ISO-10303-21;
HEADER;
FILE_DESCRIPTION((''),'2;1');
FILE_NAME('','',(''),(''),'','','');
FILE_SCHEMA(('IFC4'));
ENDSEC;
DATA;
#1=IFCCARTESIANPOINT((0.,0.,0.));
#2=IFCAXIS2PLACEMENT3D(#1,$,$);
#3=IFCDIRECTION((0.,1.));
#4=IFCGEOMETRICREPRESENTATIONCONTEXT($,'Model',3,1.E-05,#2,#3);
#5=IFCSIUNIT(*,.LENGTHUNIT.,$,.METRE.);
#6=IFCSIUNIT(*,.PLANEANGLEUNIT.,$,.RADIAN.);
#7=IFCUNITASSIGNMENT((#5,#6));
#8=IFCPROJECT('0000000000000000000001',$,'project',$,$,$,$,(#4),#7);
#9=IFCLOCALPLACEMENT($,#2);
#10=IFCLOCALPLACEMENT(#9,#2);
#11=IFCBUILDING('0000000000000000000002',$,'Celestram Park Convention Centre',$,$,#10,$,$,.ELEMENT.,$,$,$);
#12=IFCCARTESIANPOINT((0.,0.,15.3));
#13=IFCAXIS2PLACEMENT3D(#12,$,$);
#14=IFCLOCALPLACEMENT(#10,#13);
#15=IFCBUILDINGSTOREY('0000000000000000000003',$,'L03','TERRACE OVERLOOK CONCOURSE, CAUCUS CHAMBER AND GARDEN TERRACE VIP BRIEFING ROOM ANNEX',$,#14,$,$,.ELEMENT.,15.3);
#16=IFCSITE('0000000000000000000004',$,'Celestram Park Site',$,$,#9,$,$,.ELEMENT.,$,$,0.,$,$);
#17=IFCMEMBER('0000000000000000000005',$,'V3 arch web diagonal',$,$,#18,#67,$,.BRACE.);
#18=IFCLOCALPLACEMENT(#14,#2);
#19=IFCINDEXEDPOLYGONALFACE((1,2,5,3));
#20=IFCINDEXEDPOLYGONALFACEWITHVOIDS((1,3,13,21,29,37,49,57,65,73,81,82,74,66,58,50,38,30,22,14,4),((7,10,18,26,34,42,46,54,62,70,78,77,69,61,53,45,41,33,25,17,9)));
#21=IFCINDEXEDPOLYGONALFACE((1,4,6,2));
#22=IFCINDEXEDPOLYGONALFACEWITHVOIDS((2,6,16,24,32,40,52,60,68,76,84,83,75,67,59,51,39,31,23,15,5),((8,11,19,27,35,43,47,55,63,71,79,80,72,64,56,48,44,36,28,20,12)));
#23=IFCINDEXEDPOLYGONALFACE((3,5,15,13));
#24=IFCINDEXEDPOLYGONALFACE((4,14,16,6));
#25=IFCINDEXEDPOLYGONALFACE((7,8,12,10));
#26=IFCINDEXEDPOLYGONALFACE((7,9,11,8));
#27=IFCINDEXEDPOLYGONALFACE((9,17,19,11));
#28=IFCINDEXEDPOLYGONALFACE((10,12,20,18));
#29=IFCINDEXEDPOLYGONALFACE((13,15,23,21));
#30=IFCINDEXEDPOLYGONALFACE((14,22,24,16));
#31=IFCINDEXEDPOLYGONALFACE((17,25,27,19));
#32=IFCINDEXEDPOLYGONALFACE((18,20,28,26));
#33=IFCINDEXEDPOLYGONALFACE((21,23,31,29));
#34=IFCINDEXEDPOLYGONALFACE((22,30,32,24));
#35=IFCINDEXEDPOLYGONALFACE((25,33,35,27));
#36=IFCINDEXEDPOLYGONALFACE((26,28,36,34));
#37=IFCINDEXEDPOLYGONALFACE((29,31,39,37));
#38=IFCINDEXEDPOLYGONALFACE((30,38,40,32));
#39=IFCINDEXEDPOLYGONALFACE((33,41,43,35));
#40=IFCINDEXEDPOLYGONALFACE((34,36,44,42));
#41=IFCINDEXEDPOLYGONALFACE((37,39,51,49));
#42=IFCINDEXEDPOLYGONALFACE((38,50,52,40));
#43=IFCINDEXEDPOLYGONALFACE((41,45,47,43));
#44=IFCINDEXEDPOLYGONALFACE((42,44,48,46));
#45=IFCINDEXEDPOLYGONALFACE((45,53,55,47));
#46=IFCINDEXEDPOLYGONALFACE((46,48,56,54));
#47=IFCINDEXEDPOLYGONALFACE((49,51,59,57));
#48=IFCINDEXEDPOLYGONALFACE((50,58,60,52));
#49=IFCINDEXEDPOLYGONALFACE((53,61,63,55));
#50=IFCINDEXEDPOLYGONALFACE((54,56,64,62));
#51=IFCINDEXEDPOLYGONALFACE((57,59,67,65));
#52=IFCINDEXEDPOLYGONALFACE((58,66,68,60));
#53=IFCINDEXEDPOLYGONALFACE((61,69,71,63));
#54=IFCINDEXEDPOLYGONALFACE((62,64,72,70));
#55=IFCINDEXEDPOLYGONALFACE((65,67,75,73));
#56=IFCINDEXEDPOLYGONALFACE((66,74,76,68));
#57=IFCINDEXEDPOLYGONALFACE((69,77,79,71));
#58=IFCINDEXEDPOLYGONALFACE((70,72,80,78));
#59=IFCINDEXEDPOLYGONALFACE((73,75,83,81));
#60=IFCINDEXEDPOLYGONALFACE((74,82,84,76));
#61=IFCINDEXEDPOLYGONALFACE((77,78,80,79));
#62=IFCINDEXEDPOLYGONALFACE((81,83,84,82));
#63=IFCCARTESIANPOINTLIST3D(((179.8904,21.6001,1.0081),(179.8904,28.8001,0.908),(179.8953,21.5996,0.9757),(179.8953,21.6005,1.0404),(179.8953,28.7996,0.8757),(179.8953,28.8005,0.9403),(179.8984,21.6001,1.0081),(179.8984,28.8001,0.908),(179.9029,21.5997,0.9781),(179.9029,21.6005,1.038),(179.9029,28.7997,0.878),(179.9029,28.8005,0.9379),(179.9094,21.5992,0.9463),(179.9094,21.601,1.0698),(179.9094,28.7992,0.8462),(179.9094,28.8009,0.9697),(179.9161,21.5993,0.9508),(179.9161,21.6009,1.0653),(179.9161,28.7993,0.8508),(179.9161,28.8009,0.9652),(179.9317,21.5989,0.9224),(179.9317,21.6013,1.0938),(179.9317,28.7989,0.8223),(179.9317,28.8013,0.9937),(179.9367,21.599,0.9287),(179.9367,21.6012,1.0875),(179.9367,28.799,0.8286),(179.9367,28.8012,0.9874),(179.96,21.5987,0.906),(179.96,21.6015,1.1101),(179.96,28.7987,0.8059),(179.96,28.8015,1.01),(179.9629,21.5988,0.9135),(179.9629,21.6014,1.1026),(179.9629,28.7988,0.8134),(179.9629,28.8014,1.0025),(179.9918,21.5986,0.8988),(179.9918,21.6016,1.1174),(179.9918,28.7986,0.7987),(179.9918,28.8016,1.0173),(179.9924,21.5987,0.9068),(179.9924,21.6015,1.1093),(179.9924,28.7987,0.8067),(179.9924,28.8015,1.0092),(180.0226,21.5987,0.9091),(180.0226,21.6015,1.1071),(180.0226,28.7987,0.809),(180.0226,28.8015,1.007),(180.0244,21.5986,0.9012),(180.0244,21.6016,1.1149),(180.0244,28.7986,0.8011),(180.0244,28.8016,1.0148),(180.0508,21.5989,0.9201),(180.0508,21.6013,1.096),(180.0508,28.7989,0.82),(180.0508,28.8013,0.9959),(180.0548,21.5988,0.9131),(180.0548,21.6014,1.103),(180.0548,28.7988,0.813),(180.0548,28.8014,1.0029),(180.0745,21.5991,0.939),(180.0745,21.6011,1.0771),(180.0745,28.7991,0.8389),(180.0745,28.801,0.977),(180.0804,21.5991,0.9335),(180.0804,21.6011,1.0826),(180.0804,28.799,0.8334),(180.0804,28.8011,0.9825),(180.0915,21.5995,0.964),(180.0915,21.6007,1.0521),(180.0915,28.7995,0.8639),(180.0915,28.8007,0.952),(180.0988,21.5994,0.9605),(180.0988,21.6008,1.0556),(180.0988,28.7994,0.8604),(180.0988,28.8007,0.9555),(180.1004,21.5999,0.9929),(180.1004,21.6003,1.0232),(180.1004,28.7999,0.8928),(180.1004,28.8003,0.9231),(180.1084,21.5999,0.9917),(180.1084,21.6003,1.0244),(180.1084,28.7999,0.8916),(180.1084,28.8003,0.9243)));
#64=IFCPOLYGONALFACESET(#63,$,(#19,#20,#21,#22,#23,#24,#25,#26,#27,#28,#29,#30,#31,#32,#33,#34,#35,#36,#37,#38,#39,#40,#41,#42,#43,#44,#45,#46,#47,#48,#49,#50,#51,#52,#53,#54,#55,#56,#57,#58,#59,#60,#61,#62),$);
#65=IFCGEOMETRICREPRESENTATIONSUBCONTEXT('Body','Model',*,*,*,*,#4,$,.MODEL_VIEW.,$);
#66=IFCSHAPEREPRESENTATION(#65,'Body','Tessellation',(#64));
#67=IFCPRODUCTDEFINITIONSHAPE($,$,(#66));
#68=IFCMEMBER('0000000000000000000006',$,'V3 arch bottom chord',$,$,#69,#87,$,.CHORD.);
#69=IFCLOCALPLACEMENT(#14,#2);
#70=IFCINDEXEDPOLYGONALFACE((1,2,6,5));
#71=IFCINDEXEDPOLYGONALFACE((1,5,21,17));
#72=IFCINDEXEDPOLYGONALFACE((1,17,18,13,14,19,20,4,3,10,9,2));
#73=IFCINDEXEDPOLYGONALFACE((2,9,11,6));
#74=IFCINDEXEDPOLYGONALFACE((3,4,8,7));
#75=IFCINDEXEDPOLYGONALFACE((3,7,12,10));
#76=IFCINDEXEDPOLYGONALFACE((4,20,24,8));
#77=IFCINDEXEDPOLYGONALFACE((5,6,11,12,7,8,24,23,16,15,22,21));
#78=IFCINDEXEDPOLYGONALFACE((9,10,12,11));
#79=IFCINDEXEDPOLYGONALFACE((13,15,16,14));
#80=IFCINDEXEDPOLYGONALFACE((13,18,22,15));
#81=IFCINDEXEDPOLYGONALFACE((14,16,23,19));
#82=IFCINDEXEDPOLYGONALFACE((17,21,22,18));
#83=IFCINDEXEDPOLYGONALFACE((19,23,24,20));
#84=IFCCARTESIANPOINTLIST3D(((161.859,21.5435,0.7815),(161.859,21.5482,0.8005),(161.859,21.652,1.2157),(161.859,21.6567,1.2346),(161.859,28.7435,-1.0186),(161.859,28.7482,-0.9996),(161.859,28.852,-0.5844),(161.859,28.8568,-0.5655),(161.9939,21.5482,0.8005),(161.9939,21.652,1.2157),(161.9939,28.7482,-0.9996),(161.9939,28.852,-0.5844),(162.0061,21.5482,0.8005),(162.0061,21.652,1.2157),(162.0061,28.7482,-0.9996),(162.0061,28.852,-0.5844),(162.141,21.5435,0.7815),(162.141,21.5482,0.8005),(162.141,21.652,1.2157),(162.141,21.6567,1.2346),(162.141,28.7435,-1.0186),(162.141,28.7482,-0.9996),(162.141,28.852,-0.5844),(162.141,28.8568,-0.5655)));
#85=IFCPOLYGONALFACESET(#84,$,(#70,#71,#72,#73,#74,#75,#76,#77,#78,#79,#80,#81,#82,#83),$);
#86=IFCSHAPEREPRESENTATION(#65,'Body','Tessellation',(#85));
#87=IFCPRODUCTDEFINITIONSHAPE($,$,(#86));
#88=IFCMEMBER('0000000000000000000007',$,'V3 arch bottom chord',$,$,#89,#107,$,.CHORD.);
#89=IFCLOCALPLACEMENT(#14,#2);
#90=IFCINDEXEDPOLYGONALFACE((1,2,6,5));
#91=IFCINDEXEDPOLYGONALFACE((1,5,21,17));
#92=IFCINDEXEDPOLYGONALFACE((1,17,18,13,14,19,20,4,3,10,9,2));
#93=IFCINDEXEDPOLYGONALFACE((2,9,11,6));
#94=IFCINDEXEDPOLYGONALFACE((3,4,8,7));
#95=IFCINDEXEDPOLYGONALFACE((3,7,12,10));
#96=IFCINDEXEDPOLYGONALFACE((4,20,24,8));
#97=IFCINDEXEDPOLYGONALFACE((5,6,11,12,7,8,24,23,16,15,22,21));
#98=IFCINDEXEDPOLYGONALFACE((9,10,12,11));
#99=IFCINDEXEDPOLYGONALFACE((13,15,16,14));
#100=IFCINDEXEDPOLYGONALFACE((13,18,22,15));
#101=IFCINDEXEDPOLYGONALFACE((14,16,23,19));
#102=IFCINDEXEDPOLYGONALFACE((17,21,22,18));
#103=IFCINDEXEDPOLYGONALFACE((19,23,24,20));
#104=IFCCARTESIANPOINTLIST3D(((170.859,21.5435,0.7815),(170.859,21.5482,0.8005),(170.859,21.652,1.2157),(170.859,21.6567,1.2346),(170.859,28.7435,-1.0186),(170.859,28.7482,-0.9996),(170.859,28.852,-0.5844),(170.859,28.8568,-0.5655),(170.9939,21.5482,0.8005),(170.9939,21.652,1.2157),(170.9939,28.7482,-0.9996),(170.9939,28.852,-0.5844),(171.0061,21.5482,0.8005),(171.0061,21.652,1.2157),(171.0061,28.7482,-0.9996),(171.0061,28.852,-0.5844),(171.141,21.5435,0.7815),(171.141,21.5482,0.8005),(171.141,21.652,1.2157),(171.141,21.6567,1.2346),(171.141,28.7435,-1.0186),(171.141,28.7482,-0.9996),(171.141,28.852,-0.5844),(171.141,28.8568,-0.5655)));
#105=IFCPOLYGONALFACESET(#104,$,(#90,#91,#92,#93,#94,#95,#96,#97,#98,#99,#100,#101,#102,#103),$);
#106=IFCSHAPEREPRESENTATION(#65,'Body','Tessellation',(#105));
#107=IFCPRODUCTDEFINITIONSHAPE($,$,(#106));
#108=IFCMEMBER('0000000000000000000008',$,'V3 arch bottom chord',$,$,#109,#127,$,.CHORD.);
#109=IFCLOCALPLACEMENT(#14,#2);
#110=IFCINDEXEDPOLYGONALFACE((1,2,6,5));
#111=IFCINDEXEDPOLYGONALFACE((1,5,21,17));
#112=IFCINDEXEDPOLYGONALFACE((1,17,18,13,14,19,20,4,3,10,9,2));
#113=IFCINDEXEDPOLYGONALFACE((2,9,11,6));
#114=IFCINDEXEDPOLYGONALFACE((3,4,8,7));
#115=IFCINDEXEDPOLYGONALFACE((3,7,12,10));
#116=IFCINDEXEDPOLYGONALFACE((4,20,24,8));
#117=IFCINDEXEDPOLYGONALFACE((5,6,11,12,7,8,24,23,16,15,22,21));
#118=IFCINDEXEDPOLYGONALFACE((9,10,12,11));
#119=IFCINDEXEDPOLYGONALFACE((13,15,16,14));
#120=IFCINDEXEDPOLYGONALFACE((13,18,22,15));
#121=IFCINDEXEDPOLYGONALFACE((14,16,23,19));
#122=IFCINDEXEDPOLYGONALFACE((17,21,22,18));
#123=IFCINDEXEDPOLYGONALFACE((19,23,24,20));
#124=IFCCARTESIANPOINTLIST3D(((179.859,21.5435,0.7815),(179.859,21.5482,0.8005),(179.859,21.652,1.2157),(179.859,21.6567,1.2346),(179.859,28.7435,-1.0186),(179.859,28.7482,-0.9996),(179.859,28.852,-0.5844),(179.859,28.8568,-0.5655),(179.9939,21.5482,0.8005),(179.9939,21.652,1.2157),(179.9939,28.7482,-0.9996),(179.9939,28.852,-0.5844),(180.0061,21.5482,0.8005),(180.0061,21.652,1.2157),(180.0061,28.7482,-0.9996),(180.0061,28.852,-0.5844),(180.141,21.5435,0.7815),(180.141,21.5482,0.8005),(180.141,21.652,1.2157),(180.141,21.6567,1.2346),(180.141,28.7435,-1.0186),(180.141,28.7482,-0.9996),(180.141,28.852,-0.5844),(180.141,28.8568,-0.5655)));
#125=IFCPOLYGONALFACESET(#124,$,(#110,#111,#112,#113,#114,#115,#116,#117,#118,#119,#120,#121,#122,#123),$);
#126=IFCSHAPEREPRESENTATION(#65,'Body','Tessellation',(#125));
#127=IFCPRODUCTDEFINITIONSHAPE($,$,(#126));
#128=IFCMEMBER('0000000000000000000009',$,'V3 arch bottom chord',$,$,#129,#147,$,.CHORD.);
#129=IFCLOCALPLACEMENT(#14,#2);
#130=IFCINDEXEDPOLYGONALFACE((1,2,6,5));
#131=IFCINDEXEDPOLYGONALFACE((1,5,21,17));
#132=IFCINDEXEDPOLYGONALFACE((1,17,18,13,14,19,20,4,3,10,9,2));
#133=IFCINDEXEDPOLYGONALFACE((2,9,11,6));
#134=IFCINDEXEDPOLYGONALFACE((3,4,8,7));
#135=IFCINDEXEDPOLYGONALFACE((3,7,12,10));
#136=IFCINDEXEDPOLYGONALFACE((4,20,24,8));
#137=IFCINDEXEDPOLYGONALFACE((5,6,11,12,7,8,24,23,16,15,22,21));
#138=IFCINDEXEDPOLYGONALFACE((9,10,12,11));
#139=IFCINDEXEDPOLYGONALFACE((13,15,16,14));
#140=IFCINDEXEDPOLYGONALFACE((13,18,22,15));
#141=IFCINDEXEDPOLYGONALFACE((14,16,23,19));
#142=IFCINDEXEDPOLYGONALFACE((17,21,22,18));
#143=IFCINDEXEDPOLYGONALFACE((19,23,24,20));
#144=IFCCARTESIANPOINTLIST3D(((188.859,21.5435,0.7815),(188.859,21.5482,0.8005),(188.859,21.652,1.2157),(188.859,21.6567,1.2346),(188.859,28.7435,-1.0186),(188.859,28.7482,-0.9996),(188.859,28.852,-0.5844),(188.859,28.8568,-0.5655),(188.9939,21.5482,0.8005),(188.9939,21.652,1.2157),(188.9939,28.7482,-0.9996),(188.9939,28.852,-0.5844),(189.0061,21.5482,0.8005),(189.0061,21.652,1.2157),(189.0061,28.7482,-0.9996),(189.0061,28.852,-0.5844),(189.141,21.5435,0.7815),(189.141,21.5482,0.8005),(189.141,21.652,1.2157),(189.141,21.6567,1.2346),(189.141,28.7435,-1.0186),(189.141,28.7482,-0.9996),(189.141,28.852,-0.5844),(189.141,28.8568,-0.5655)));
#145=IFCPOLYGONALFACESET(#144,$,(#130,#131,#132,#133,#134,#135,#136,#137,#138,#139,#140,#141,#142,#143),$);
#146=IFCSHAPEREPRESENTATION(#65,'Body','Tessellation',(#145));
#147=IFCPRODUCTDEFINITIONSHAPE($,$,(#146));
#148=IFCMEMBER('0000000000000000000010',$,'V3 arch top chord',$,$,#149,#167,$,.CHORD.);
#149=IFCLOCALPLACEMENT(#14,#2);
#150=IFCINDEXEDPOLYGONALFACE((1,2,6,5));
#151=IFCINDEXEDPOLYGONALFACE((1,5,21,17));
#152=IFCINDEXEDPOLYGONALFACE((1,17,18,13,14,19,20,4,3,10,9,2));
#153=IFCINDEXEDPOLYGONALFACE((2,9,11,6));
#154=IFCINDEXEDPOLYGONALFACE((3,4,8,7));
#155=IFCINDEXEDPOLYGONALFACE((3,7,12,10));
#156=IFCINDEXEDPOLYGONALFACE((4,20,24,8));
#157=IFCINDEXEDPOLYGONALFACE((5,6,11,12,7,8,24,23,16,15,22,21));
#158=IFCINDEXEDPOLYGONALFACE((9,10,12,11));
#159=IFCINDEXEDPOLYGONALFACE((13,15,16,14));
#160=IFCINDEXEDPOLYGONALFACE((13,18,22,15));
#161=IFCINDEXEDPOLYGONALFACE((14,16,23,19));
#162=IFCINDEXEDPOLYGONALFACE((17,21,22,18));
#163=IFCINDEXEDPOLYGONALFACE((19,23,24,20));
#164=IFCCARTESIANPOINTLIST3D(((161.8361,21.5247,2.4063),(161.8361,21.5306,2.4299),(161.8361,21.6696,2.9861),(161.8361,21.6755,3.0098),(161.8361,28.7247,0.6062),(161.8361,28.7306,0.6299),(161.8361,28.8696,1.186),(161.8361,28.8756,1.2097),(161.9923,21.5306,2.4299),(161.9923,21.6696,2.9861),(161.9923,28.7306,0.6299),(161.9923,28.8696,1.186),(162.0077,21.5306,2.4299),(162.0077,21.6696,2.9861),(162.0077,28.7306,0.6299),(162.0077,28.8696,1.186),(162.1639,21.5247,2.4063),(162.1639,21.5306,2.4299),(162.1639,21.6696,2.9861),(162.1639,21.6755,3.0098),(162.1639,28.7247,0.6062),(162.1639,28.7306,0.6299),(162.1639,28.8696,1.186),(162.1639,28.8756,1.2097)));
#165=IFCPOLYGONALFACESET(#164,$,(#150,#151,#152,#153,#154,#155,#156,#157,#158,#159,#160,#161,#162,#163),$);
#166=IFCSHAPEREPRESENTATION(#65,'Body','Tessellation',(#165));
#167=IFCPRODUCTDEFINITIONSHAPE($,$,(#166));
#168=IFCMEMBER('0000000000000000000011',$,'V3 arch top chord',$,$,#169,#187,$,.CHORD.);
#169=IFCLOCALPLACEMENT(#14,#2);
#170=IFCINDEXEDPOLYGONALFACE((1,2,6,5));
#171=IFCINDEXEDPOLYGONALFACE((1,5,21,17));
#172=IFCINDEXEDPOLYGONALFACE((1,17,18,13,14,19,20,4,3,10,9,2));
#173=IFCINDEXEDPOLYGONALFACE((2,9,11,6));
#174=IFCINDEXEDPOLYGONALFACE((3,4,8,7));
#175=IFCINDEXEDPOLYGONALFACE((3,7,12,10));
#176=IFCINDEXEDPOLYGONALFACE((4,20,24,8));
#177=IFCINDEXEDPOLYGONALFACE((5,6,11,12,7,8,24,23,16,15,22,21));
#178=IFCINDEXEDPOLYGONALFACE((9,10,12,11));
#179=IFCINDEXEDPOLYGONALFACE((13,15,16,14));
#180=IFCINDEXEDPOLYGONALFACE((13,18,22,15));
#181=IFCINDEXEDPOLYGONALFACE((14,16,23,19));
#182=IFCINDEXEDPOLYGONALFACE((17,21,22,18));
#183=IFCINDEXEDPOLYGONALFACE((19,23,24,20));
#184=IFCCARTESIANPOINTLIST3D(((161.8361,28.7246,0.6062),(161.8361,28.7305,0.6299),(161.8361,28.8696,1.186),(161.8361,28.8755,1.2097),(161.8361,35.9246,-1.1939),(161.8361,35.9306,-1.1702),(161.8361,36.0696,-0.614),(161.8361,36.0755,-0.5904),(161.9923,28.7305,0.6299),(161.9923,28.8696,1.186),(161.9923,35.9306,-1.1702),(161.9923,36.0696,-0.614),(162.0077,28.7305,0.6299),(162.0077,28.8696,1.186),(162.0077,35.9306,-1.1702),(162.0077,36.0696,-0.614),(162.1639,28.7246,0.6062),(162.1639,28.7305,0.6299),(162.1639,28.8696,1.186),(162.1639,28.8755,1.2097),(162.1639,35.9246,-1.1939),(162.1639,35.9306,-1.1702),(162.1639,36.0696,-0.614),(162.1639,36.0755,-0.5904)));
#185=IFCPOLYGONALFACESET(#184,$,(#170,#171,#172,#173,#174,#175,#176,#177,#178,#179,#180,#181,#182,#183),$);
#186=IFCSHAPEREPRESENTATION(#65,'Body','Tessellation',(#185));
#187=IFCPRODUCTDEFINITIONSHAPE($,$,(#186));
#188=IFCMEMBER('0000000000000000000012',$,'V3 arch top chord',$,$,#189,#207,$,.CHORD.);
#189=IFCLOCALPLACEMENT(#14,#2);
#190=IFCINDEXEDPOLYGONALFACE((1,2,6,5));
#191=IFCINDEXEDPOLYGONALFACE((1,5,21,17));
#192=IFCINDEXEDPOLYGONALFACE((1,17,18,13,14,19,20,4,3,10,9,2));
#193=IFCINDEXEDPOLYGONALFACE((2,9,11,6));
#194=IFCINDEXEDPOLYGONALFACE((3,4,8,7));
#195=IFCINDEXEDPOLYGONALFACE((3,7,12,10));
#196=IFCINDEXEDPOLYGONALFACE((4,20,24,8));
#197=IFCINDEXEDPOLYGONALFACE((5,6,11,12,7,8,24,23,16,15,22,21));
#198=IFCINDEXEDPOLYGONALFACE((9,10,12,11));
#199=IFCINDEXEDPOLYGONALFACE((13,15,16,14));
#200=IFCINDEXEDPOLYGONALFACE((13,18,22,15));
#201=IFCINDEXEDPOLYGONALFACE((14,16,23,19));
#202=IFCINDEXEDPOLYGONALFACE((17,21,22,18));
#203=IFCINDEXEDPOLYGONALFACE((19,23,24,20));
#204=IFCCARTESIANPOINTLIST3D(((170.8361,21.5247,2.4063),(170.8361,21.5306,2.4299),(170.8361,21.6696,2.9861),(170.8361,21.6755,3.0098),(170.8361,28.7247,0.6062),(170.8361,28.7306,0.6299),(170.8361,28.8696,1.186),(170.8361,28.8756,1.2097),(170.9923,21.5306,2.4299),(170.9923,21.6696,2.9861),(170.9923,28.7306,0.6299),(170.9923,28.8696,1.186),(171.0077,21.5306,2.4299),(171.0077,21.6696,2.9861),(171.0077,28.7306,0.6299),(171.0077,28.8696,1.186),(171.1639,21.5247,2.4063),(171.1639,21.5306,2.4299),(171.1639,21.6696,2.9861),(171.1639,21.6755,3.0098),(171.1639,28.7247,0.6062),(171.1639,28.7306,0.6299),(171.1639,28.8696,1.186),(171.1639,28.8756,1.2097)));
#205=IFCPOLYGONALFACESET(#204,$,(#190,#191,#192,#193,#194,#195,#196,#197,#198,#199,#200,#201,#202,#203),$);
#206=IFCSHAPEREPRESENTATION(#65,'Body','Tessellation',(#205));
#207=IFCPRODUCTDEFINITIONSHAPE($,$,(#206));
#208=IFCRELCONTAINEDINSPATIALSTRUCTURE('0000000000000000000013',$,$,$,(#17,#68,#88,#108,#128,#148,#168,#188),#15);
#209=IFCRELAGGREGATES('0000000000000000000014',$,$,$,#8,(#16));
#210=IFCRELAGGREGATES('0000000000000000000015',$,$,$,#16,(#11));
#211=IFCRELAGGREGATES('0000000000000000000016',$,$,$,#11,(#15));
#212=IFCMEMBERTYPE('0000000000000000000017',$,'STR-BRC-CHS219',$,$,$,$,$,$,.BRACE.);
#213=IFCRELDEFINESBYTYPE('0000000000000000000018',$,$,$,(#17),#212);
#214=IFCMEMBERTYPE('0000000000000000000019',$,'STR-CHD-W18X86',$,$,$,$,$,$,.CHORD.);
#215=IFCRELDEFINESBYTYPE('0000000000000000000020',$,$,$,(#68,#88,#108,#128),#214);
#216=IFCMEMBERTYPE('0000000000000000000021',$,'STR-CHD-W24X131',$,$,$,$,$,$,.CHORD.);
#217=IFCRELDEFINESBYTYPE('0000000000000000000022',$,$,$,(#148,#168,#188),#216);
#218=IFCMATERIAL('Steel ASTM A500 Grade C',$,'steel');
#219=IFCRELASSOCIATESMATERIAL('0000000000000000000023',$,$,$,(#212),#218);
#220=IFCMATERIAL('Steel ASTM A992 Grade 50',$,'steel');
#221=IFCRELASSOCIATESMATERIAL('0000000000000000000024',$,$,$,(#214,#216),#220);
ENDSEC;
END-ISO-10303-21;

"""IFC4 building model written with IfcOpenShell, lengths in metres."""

from ifc_helpers import new_model, si_unit, direction, frame, origin, origin_2d, place, context, subcontext, project, spatial, hollow_circle, i_section, extrude, material, material_profile, profile_set, type_object, element, save


model = new_model("IFC4")

# Units and contexts
model_context = context("Model", 3, precision=1e-05, world=origin(), true_north=direction((0.0, 1.0)))
body_context = subcontext(model_context, "Body", "Model", "MODEL_VIEW")
ifc_project = project(units=[si_unit("LENGTHUNIT", "METRE"), si_unit("PLANEANGLEUNIT", "RADIAN")], contexts=[model_context])

# Site, building, storey
site_placement = place(None, origin())
site = spatial("IfcSite", under=ifc_project, at=site_placement, Name="Celestram Park Site", CompositionType="ELEMENT", RefElevation=0.0)
building_placement = place(site_placement, origin())
building = spatial("IfcBuilding", under=site, at=building_placement, Name="Celestram Park Convention Centre", CompositionType="ELEMENT")
storey_placement = place(building_placement, frame((0.0, 0.0, 15.3)))
storey = spatial("IfcBuildingStorey", under=building, at=storey_placement, Name="L03", Description="TERRACE OVERLOOK CONCOURSE, CAUCUS CHAMBER AND GARDEN TERRACE VIP BRIEFING ROOM ANNEX", CompositionType="ELEMENT", Elevation=15.3)

# Shared definitions
ifc_material_1 = material(Name="Steel ASTM A992 Grade 50", Category="steel")

# Members
ifc_material_2 = material(Name="Steel ASTM A500 Grade C", Category="steel")
ifc_material_profile_1 = material_profile(ifc_material_2, hollow_circle(Radius=0.1096, WallThickness=0.0081, at=origin_2d()), Name="CHS219X8")
ifc_profile_set_1 = profile_set([ifc_material_profile_1], Name="Steel ASTM A500 Grade C")
member_type_1 = type_object("IfcMemberType", Name="STR-BRC-CHS219", PredefinedType="BRACE", material=ifc_profile_set_1)
for number, where, z_axis, x_axis, name in (
    (1, (180.0, 21.6001, 1.0081), (0.0, 0.999903, -0.013901), (-1.0, 0.0, 0.0), "V3 arch web diagonal"),
):
    element("IfcMember", number, at=place(storey_placement, frame(where, z_axis=z_axis, x_axis=x_axis)), inside=storey, type_object=member_type_1, Name=name, PredefinedType="BRACE", context=body_context, shape_type="SweptSolid", body=[
        extrude(hollow_circle(Radius=0.1096, WallThickness=0.0081, at=origin_2d()), origin(), (0.0, 0.0, 1.0), 7.2007),
    ])
ifc_material_profile_2 = material_profile(ifc_material_1, i_section(OverallWidth=0.282, OverallDepth=0.467, WebThickness=0.0122, FlangeThickness=0.0195, at=origin_2d()), Name="W18X86")
ifc_profile_set_2 = profile_set([ifc_material_profile_2], Name="Steel ASTM A992 Grade 50")
member_type_2 = type_object("IfcMemberType", Name="STR-CHD-W18X86", PredefinedType="CHORD", material=ifc_profile_set_2)
for number, where, z_axis, x_axis, name in (
    (2, (162.0, 21.6001, 1.0081), (0.0, 0.970141, -0.242543), (-1.0, 0.0, 0.0), "V3 arch bottom chord"),
    (3, (171.0, 21.6001, 1.0081), (0.0, 0.970141, -0.242543), (-1.0, 0.0, 0.0), "V3 arch bottom chord"),
    (4, (180.0, 21.6001, 1.0081), (0.0, 0.970141, -0.242543), (-1.0, 0.0, 0.0), "V3 arch bottom chord"),
    (5, (189.0, 21.6001, 1.0081), (0.0, 0.970141, -0.242543), (-1.0, 0.0, 0.0), "V3 arch bottom chord"),
):
    element("IfcMember", number, at=place(storey_placement, frame(where, z_axis=z_axis, x_axis=x_axis)), inside=storey, type_object=member_type_2, Name=name, PredefinedType="CHORD", context=body_context, shape_type="SweptSolid", body=[
        extrude(i_section(OverallWidth=0.282, OverallDepth=0.467, WebThickness=0.0122, FlangeThickness=0.0195, at=origin_2d()), origin(), (0.0, 0.0, 1.0), 7.4216),
    ])
ifc_material_profile_3 = material_profile(ifc_material_1, i_section(OverallWidth=0.3279, OverallDepth=0.6221, WebThickness=0.0154, FlangeThickness=0.0244, at=origin_2d()), Name="W24X131")
ifc_profile_set_3 = profile_set([ifc_material_profile_3], Name="Steel ASTM A992 Grade 50")
member_type_3 = type_object("IfcMemberType", Name="STR-CHD-W24X131", PredefinedType="CHORD", material=ifc_profile_set_3)
for number, where, z_axis, x_axis, name in (
    (6, (162.0, 21.6001, 2.708), (0.0, 0.970141, -0.242543), (-1.0, 0.0, 0.0), "V3 arch top chord"),
    (7, (162.0, 28.8, 0.908), (0.0, 0.970141, -0.242543), (-1.0, 0.0, 0.0), "V3 arch top chord"),
    (8, (171.0, 21.6001, 2.708), (0.0, 0.970141, -0.242543), (-1.0, 0.0, 0.0), "V3 arch top chord"),
):
    element("IfcMember", number, at=place(storey_placement, frame(where, z_axis=z_axis, x_axis=x_axis)), inside=storey, type_object=member_type_3, Name=name, PredefinedType="CHORD", context=body_context, shape_type="SweptSolid", body=[
        extrude(i_section(OverallWidth=0.3279, OverallDepth=0.6221, WebThickness=0.0154, FlangeThickness=0.0244, at=origin_2d()), origin(), (0.0, 0.0, 1.0), 7.4216),
    ])

save(model, "model.ifc")
